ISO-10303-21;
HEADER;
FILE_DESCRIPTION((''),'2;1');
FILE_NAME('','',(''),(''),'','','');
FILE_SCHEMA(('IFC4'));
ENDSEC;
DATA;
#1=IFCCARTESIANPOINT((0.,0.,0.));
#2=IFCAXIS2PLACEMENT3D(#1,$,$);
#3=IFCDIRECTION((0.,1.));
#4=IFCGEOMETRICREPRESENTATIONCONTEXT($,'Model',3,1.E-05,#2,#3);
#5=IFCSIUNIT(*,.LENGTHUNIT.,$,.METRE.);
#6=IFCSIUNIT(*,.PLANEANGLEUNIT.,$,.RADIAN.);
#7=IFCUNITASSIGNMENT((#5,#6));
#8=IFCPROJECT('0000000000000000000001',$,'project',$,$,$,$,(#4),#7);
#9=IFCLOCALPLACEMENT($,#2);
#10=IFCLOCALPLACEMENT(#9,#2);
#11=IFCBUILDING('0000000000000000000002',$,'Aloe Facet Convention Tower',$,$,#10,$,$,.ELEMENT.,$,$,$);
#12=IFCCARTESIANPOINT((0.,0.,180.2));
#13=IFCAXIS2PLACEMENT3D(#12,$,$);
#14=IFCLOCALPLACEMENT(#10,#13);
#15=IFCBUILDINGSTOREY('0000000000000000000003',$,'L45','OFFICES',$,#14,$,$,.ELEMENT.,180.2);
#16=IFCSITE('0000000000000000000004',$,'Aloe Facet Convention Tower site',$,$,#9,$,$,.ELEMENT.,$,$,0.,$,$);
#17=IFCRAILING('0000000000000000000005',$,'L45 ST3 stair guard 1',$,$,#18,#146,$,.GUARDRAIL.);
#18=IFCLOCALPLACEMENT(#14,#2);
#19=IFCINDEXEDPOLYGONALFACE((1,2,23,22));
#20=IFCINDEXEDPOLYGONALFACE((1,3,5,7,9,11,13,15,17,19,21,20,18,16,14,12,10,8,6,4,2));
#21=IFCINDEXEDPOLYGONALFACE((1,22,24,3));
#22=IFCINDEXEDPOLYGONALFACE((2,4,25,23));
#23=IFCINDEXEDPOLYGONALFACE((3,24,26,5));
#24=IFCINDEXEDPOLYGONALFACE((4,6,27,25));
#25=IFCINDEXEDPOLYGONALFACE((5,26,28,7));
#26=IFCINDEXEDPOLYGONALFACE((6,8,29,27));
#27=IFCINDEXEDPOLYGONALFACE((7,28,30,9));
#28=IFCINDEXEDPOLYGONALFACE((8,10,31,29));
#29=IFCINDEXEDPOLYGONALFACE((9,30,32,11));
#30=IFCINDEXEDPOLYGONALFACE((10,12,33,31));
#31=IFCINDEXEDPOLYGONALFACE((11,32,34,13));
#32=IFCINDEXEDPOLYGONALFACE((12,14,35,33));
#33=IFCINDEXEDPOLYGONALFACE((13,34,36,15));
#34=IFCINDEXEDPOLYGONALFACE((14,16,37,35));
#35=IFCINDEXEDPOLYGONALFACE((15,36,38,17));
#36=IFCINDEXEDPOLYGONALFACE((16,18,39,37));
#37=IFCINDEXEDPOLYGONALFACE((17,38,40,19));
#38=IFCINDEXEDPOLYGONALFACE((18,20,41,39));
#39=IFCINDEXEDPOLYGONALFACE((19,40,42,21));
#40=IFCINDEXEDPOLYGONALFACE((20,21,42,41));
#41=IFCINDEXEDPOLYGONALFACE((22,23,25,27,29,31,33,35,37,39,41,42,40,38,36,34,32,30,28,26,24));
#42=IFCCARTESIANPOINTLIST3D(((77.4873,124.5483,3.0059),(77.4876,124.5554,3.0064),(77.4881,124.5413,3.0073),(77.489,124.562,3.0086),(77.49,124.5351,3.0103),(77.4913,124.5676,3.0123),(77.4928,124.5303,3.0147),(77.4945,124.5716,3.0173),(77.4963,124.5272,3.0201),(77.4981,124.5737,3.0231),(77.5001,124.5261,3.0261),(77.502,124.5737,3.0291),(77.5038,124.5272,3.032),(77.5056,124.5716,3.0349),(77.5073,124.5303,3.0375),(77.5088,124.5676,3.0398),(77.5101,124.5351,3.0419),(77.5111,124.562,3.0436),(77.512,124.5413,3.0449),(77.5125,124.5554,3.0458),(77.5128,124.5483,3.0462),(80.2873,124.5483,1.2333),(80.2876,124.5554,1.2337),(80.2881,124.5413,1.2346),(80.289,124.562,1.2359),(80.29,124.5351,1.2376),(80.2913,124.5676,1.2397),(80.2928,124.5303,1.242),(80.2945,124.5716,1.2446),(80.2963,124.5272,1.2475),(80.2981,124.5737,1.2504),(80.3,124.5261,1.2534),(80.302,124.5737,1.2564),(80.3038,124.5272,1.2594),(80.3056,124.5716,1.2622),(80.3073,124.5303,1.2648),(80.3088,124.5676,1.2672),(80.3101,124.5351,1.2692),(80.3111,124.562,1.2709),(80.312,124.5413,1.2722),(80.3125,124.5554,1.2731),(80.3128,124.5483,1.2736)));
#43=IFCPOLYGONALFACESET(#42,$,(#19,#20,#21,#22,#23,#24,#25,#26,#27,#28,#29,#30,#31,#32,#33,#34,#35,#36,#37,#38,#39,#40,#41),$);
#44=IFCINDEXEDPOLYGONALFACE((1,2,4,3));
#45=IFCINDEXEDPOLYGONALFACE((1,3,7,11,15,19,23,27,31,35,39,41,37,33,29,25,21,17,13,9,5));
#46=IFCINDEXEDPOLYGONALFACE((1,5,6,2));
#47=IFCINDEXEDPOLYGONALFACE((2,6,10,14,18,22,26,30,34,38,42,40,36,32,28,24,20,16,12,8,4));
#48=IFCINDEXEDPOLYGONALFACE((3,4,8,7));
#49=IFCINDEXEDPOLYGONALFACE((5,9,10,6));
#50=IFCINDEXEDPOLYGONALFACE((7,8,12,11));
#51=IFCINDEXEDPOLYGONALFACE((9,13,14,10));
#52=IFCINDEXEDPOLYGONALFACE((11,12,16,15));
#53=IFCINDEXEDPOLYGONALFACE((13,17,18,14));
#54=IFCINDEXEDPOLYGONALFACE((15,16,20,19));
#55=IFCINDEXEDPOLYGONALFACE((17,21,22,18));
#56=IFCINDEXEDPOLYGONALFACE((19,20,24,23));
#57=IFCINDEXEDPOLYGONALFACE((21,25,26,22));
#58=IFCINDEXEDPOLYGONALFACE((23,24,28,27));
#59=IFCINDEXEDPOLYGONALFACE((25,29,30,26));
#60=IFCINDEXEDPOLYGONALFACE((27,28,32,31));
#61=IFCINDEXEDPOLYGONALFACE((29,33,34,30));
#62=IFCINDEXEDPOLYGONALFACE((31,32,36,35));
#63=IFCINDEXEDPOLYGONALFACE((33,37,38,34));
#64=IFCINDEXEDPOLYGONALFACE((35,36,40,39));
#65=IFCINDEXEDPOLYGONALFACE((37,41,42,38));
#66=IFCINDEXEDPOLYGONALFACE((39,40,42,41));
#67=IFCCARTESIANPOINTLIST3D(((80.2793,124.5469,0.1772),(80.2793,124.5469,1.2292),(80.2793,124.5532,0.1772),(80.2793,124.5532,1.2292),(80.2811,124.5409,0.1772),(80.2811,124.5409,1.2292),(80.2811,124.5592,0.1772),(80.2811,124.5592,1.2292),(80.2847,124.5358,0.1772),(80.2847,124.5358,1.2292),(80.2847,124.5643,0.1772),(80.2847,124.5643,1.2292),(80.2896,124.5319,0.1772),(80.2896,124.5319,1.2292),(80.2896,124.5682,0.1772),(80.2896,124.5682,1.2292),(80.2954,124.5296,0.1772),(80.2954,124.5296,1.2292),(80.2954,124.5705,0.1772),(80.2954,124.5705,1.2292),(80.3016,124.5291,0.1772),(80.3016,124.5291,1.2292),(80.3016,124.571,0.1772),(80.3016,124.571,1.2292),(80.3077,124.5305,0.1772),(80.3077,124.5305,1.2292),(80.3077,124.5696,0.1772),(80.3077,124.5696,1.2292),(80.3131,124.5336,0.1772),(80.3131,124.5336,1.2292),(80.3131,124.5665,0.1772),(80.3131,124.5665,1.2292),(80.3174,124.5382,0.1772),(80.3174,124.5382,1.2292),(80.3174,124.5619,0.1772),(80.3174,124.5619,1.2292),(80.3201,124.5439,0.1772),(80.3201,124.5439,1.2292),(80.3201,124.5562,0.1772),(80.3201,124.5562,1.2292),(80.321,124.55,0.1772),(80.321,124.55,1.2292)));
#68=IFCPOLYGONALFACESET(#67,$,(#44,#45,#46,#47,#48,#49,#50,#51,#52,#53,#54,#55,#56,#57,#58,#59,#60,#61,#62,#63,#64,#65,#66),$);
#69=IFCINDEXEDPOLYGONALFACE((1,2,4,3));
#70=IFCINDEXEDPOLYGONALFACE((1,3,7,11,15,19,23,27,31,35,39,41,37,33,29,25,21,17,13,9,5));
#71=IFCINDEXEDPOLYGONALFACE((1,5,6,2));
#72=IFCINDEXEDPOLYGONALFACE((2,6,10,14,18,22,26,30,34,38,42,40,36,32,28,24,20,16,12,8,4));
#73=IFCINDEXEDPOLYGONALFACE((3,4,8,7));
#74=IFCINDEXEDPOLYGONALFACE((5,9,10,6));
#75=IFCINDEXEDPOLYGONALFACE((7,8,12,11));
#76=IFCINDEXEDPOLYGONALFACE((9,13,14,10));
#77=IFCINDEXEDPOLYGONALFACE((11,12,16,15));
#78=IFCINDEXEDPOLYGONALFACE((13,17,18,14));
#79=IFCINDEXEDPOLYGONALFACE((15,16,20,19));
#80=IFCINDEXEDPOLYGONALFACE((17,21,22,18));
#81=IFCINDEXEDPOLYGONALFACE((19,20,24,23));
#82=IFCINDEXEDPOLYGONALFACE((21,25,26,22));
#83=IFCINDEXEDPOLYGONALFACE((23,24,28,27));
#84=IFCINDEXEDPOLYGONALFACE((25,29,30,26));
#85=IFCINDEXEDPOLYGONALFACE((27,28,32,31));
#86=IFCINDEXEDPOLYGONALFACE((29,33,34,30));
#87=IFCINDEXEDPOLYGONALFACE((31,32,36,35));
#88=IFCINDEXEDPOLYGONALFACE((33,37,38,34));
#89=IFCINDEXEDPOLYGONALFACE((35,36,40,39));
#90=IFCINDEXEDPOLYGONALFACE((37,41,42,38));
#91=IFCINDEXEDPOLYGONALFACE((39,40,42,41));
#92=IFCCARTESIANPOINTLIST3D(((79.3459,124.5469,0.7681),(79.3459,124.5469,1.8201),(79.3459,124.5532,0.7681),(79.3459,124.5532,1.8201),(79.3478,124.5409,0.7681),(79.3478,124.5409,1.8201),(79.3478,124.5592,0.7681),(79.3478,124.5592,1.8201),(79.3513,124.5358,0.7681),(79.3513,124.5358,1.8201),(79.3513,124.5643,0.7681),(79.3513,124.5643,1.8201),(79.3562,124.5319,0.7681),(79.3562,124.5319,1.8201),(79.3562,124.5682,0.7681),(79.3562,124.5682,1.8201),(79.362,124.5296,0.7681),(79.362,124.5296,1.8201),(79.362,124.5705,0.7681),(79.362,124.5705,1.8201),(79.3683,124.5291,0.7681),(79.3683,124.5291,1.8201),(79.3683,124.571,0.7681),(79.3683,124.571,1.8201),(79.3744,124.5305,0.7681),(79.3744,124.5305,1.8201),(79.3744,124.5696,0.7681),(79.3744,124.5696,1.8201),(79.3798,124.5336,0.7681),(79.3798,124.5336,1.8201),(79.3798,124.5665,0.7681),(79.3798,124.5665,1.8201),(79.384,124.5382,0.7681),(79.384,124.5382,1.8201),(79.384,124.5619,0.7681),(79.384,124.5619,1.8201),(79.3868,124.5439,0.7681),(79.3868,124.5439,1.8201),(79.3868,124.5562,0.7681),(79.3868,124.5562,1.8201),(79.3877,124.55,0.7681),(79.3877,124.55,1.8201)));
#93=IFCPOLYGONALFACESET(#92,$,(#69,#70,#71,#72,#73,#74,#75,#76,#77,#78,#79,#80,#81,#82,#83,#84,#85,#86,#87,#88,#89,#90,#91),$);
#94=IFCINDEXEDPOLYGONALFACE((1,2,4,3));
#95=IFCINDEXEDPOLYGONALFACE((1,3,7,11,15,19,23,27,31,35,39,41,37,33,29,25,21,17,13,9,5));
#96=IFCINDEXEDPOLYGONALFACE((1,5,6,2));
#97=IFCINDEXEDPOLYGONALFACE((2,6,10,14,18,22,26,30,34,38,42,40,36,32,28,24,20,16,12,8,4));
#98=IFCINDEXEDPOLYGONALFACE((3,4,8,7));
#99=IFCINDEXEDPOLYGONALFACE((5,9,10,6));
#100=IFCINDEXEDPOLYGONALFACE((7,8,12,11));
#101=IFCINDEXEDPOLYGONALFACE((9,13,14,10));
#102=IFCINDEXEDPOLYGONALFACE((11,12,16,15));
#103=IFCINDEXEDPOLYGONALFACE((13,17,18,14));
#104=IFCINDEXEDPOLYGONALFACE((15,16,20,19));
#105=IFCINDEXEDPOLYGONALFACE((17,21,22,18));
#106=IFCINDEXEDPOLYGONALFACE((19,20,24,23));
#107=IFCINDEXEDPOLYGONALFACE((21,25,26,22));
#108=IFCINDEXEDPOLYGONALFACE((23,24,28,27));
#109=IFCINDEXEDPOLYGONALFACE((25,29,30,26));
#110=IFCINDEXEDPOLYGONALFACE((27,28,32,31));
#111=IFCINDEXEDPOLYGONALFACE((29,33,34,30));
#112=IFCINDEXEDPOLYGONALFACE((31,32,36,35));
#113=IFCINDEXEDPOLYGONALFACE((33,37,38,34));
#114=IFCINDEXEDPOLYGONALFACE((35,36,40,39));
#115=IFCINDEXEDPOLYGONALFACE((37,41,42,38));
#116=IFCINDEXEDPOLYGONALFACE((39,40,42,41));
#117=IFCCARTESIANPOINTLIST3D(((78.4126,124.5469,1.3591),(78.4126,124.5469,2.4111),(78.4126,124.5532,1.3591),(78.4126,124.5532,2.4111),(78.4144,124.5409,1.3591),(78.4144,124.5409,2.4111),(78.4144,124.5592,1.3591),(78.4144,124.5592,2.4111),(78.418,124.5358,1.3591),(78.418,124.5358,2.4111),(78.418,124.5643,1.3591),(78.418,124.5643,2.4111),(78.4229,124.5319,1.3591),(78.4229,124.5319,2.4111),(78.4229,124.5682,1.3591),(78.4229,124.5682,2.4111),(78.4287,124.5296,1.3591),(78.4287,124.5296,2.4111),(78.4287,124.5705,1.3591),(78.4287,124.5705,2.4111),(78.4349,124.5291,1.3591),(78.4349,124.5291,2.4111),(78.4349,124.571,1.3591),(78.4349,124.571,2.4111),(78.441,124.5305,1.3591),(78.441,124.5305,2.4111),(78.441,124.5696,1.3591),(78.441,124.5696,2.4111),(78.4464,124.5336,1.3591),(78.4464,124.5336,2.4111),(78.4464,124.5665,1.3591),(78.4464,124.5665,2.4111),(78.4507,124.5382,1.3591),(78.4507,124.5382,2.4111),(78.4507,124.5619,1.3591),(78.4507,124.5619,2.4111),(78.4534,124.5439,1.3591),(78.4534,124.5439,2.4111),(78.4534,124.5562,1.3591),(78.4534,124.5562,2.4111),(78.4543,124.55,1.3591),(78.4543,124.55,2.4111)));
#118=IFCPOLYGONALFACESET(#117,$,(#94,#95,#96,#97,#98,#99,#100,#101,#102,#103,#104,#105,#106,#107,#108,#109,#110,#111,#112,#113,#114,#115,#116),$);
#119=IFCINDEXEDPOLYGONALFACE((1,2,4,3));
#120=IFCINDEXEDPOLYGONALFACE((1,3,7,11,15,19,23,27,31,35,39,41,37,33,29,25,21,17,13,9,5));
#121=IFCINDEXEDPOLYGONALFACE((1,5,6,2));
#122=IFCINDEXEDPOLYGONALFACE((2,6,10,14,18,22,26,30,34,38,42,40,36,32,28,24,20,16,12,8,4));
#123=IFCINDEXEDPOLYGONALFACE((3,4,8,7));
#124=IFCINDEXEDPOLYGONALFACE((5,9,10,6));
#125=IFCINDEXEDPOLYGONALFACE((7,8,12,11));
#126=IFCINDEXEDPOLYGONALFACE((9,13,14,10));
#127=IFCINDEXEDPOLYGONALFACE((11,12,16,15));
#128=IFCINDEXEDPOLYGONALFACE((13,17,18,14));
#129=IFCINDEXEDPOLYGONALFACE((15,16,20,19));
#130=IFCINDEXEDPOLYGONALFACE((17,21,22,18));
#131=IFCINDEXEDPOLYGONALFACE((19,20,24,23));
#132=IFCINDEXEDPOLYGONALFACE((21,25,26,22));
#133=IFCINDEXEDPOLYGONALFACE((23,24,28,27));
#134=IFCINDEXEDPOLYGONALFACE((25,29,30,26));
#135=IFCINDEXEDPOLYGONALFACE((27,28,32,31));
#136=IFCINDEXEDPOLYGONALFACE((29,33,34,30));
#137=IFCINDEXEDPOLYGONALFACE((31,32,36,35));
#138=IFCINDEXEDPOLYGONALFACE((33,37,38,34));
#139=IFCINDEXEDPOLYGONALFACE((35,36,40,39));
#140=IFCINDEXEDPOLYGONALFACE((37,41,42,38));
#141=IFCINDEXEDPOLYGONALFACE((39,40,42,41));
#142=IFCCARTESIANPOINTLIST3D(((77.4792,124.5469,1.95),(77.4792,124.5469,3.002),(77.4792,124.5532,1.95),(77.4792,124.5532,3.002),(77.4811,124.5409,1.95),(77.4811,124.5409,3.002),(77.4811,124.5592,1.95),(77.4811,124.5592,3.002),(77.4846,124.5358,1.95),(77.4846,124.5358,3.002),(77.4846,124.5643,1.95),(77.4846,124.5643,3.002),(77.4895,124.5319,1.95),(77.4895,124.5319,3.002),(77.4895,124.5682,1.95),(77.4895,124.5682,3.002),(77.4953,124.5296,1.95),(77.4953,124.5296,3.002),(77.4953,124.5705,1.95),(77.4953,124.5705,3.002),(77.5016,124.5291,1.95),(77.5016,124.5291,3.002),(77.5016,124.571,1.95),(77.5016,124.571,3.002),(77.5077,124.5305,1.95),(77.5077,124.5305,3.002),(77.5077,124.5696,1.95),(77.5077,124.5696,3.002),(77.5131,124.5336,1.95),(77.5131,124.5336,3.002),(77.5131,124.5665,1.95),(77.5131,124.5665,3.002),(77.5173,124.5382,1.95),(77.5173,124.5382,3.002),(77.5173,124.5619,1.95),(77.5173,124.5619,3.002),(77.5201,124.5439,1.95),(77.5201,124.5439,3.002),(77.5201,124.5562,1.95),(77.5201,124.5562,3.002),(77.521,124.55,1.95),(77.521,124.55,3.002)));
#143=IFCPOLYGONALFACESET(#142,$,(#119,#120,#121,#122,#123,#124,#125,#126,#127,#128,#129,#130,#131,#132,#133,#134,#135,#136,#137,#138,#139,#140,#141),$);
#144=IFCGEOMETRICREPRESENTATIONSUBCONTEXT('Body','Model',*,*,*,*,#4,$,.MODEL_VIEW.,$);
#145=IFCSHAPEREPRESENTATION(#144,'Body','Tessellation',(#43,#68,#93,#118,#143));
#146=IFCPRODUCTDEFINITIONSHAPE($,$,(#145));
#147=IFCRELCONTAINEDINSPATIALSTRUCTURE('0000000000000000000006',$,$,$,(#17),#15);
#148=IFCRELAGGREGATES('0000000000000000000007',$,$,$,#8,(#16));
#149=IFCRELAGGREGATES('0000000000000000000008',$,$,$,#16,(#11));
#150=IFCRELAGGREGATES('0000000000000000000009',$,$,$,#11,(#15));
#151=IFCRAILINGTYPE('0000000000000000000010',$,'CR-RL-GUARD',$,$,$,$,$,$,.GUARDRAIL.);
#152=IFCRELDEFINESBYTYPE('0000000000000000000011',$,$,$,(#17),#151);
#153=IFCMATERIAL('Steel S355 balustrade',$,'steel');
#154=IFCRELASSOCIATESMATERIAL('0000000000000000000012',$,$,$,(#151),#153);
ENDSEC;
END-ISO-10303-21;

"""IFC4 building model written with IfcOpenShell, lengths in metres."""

from ifc_helpers import new_model, si_unit, direction, frame, origin, origin_2d, place, context, subcontext, project, spatial, circle, extrude, material, type_object, element, save


model = new_model("IFC4")

# Units and contexts
model_context = context("Model", 3, precision=1e-05, world=origin(), true_north=direction((0.0, 1.0)))
body_context = subcontext(model_context, "Body", "Model", "MODEL_VIEW")
ifc_project = project(units=[si_unit("LENGTHUNIT", "METRE"), si_unit("PLANEANGLEUNIT", "RADIAN")], contexts=[model_context])

# Site, building, storey
site_placement = place(None, origin())
site = spatial("IfcSite", under=ifc_project, at=site_placement, Name="Aloe Facet Convention Tower site", CompositionType="ELEMENT", RefElevation=0.0)
building_placement = place(site_placement, origin())
building = spatial("IfcBuilding", under=site, at=building_placement, Name="Aloe Facet Convention Tower", CompositionType="ELEMENT")
storey_placement = place(building_placement, frame((0.0, 0.0, 180.2)))
storey = spatial("IfcBuildingStorey", under=building, at=storey_placement, Name="L45", Description="OFFICES", CompositionType="ELEMENT", Elevation=180.2)

# Railing
ifc_material_1 = material(Name="Steel S355 balustrade", Category="steel")
railing_type_1 = type_object("IfcRailingType", Name="CR-RL-GUARD", PredefinedType="GUARDRAIL", material=ifc_material_1)
railing_1_placement = place(storey_placement, frame((80.3, 124.55, 0.1772)))
element("IfcRailing", 1, at=railing_1_placement, inside=storey, type_object=railing_type_1, Name="L45 ST3 stair guard 1", PredefinedType="GUARDRAIL", context=body_context, shape_type="SweptSolid", body=[
    extrude(circle(Radius=0.0239, at=origin_2d()), frame((0.0, 0.0, 1.0762), z_axis=(-0.844909, 0.0, 0.53491), x_axis=(0.0, -1.0, 0.0)), (0.0, 0.0, 1.0), 3.314),
    extrude(circle(Radius=0.021, at=origin_2d()), origin(), (0.0, 0.0, 1.0), 1.052),
    extrude(circle(Radius=0.021, at=origin_2d()), frame((-0.9333, 0.0, 0.5908)), (0.0, 0.0, 1.0), 1.052),
    extrude(circle(Radius=0.021, at=origin_2d()), frame((-1.8667, 0.0, 1.1819)), (0.0, 0.0, 1.0), 1.052),
    extrude(circle(Radius=0.021, at=origin_2d()), frame((-2.8, 0.0, 1.7727)), (0.0, 0.0, 1.0), 1.052),
])

save(model, "model.ifc")
